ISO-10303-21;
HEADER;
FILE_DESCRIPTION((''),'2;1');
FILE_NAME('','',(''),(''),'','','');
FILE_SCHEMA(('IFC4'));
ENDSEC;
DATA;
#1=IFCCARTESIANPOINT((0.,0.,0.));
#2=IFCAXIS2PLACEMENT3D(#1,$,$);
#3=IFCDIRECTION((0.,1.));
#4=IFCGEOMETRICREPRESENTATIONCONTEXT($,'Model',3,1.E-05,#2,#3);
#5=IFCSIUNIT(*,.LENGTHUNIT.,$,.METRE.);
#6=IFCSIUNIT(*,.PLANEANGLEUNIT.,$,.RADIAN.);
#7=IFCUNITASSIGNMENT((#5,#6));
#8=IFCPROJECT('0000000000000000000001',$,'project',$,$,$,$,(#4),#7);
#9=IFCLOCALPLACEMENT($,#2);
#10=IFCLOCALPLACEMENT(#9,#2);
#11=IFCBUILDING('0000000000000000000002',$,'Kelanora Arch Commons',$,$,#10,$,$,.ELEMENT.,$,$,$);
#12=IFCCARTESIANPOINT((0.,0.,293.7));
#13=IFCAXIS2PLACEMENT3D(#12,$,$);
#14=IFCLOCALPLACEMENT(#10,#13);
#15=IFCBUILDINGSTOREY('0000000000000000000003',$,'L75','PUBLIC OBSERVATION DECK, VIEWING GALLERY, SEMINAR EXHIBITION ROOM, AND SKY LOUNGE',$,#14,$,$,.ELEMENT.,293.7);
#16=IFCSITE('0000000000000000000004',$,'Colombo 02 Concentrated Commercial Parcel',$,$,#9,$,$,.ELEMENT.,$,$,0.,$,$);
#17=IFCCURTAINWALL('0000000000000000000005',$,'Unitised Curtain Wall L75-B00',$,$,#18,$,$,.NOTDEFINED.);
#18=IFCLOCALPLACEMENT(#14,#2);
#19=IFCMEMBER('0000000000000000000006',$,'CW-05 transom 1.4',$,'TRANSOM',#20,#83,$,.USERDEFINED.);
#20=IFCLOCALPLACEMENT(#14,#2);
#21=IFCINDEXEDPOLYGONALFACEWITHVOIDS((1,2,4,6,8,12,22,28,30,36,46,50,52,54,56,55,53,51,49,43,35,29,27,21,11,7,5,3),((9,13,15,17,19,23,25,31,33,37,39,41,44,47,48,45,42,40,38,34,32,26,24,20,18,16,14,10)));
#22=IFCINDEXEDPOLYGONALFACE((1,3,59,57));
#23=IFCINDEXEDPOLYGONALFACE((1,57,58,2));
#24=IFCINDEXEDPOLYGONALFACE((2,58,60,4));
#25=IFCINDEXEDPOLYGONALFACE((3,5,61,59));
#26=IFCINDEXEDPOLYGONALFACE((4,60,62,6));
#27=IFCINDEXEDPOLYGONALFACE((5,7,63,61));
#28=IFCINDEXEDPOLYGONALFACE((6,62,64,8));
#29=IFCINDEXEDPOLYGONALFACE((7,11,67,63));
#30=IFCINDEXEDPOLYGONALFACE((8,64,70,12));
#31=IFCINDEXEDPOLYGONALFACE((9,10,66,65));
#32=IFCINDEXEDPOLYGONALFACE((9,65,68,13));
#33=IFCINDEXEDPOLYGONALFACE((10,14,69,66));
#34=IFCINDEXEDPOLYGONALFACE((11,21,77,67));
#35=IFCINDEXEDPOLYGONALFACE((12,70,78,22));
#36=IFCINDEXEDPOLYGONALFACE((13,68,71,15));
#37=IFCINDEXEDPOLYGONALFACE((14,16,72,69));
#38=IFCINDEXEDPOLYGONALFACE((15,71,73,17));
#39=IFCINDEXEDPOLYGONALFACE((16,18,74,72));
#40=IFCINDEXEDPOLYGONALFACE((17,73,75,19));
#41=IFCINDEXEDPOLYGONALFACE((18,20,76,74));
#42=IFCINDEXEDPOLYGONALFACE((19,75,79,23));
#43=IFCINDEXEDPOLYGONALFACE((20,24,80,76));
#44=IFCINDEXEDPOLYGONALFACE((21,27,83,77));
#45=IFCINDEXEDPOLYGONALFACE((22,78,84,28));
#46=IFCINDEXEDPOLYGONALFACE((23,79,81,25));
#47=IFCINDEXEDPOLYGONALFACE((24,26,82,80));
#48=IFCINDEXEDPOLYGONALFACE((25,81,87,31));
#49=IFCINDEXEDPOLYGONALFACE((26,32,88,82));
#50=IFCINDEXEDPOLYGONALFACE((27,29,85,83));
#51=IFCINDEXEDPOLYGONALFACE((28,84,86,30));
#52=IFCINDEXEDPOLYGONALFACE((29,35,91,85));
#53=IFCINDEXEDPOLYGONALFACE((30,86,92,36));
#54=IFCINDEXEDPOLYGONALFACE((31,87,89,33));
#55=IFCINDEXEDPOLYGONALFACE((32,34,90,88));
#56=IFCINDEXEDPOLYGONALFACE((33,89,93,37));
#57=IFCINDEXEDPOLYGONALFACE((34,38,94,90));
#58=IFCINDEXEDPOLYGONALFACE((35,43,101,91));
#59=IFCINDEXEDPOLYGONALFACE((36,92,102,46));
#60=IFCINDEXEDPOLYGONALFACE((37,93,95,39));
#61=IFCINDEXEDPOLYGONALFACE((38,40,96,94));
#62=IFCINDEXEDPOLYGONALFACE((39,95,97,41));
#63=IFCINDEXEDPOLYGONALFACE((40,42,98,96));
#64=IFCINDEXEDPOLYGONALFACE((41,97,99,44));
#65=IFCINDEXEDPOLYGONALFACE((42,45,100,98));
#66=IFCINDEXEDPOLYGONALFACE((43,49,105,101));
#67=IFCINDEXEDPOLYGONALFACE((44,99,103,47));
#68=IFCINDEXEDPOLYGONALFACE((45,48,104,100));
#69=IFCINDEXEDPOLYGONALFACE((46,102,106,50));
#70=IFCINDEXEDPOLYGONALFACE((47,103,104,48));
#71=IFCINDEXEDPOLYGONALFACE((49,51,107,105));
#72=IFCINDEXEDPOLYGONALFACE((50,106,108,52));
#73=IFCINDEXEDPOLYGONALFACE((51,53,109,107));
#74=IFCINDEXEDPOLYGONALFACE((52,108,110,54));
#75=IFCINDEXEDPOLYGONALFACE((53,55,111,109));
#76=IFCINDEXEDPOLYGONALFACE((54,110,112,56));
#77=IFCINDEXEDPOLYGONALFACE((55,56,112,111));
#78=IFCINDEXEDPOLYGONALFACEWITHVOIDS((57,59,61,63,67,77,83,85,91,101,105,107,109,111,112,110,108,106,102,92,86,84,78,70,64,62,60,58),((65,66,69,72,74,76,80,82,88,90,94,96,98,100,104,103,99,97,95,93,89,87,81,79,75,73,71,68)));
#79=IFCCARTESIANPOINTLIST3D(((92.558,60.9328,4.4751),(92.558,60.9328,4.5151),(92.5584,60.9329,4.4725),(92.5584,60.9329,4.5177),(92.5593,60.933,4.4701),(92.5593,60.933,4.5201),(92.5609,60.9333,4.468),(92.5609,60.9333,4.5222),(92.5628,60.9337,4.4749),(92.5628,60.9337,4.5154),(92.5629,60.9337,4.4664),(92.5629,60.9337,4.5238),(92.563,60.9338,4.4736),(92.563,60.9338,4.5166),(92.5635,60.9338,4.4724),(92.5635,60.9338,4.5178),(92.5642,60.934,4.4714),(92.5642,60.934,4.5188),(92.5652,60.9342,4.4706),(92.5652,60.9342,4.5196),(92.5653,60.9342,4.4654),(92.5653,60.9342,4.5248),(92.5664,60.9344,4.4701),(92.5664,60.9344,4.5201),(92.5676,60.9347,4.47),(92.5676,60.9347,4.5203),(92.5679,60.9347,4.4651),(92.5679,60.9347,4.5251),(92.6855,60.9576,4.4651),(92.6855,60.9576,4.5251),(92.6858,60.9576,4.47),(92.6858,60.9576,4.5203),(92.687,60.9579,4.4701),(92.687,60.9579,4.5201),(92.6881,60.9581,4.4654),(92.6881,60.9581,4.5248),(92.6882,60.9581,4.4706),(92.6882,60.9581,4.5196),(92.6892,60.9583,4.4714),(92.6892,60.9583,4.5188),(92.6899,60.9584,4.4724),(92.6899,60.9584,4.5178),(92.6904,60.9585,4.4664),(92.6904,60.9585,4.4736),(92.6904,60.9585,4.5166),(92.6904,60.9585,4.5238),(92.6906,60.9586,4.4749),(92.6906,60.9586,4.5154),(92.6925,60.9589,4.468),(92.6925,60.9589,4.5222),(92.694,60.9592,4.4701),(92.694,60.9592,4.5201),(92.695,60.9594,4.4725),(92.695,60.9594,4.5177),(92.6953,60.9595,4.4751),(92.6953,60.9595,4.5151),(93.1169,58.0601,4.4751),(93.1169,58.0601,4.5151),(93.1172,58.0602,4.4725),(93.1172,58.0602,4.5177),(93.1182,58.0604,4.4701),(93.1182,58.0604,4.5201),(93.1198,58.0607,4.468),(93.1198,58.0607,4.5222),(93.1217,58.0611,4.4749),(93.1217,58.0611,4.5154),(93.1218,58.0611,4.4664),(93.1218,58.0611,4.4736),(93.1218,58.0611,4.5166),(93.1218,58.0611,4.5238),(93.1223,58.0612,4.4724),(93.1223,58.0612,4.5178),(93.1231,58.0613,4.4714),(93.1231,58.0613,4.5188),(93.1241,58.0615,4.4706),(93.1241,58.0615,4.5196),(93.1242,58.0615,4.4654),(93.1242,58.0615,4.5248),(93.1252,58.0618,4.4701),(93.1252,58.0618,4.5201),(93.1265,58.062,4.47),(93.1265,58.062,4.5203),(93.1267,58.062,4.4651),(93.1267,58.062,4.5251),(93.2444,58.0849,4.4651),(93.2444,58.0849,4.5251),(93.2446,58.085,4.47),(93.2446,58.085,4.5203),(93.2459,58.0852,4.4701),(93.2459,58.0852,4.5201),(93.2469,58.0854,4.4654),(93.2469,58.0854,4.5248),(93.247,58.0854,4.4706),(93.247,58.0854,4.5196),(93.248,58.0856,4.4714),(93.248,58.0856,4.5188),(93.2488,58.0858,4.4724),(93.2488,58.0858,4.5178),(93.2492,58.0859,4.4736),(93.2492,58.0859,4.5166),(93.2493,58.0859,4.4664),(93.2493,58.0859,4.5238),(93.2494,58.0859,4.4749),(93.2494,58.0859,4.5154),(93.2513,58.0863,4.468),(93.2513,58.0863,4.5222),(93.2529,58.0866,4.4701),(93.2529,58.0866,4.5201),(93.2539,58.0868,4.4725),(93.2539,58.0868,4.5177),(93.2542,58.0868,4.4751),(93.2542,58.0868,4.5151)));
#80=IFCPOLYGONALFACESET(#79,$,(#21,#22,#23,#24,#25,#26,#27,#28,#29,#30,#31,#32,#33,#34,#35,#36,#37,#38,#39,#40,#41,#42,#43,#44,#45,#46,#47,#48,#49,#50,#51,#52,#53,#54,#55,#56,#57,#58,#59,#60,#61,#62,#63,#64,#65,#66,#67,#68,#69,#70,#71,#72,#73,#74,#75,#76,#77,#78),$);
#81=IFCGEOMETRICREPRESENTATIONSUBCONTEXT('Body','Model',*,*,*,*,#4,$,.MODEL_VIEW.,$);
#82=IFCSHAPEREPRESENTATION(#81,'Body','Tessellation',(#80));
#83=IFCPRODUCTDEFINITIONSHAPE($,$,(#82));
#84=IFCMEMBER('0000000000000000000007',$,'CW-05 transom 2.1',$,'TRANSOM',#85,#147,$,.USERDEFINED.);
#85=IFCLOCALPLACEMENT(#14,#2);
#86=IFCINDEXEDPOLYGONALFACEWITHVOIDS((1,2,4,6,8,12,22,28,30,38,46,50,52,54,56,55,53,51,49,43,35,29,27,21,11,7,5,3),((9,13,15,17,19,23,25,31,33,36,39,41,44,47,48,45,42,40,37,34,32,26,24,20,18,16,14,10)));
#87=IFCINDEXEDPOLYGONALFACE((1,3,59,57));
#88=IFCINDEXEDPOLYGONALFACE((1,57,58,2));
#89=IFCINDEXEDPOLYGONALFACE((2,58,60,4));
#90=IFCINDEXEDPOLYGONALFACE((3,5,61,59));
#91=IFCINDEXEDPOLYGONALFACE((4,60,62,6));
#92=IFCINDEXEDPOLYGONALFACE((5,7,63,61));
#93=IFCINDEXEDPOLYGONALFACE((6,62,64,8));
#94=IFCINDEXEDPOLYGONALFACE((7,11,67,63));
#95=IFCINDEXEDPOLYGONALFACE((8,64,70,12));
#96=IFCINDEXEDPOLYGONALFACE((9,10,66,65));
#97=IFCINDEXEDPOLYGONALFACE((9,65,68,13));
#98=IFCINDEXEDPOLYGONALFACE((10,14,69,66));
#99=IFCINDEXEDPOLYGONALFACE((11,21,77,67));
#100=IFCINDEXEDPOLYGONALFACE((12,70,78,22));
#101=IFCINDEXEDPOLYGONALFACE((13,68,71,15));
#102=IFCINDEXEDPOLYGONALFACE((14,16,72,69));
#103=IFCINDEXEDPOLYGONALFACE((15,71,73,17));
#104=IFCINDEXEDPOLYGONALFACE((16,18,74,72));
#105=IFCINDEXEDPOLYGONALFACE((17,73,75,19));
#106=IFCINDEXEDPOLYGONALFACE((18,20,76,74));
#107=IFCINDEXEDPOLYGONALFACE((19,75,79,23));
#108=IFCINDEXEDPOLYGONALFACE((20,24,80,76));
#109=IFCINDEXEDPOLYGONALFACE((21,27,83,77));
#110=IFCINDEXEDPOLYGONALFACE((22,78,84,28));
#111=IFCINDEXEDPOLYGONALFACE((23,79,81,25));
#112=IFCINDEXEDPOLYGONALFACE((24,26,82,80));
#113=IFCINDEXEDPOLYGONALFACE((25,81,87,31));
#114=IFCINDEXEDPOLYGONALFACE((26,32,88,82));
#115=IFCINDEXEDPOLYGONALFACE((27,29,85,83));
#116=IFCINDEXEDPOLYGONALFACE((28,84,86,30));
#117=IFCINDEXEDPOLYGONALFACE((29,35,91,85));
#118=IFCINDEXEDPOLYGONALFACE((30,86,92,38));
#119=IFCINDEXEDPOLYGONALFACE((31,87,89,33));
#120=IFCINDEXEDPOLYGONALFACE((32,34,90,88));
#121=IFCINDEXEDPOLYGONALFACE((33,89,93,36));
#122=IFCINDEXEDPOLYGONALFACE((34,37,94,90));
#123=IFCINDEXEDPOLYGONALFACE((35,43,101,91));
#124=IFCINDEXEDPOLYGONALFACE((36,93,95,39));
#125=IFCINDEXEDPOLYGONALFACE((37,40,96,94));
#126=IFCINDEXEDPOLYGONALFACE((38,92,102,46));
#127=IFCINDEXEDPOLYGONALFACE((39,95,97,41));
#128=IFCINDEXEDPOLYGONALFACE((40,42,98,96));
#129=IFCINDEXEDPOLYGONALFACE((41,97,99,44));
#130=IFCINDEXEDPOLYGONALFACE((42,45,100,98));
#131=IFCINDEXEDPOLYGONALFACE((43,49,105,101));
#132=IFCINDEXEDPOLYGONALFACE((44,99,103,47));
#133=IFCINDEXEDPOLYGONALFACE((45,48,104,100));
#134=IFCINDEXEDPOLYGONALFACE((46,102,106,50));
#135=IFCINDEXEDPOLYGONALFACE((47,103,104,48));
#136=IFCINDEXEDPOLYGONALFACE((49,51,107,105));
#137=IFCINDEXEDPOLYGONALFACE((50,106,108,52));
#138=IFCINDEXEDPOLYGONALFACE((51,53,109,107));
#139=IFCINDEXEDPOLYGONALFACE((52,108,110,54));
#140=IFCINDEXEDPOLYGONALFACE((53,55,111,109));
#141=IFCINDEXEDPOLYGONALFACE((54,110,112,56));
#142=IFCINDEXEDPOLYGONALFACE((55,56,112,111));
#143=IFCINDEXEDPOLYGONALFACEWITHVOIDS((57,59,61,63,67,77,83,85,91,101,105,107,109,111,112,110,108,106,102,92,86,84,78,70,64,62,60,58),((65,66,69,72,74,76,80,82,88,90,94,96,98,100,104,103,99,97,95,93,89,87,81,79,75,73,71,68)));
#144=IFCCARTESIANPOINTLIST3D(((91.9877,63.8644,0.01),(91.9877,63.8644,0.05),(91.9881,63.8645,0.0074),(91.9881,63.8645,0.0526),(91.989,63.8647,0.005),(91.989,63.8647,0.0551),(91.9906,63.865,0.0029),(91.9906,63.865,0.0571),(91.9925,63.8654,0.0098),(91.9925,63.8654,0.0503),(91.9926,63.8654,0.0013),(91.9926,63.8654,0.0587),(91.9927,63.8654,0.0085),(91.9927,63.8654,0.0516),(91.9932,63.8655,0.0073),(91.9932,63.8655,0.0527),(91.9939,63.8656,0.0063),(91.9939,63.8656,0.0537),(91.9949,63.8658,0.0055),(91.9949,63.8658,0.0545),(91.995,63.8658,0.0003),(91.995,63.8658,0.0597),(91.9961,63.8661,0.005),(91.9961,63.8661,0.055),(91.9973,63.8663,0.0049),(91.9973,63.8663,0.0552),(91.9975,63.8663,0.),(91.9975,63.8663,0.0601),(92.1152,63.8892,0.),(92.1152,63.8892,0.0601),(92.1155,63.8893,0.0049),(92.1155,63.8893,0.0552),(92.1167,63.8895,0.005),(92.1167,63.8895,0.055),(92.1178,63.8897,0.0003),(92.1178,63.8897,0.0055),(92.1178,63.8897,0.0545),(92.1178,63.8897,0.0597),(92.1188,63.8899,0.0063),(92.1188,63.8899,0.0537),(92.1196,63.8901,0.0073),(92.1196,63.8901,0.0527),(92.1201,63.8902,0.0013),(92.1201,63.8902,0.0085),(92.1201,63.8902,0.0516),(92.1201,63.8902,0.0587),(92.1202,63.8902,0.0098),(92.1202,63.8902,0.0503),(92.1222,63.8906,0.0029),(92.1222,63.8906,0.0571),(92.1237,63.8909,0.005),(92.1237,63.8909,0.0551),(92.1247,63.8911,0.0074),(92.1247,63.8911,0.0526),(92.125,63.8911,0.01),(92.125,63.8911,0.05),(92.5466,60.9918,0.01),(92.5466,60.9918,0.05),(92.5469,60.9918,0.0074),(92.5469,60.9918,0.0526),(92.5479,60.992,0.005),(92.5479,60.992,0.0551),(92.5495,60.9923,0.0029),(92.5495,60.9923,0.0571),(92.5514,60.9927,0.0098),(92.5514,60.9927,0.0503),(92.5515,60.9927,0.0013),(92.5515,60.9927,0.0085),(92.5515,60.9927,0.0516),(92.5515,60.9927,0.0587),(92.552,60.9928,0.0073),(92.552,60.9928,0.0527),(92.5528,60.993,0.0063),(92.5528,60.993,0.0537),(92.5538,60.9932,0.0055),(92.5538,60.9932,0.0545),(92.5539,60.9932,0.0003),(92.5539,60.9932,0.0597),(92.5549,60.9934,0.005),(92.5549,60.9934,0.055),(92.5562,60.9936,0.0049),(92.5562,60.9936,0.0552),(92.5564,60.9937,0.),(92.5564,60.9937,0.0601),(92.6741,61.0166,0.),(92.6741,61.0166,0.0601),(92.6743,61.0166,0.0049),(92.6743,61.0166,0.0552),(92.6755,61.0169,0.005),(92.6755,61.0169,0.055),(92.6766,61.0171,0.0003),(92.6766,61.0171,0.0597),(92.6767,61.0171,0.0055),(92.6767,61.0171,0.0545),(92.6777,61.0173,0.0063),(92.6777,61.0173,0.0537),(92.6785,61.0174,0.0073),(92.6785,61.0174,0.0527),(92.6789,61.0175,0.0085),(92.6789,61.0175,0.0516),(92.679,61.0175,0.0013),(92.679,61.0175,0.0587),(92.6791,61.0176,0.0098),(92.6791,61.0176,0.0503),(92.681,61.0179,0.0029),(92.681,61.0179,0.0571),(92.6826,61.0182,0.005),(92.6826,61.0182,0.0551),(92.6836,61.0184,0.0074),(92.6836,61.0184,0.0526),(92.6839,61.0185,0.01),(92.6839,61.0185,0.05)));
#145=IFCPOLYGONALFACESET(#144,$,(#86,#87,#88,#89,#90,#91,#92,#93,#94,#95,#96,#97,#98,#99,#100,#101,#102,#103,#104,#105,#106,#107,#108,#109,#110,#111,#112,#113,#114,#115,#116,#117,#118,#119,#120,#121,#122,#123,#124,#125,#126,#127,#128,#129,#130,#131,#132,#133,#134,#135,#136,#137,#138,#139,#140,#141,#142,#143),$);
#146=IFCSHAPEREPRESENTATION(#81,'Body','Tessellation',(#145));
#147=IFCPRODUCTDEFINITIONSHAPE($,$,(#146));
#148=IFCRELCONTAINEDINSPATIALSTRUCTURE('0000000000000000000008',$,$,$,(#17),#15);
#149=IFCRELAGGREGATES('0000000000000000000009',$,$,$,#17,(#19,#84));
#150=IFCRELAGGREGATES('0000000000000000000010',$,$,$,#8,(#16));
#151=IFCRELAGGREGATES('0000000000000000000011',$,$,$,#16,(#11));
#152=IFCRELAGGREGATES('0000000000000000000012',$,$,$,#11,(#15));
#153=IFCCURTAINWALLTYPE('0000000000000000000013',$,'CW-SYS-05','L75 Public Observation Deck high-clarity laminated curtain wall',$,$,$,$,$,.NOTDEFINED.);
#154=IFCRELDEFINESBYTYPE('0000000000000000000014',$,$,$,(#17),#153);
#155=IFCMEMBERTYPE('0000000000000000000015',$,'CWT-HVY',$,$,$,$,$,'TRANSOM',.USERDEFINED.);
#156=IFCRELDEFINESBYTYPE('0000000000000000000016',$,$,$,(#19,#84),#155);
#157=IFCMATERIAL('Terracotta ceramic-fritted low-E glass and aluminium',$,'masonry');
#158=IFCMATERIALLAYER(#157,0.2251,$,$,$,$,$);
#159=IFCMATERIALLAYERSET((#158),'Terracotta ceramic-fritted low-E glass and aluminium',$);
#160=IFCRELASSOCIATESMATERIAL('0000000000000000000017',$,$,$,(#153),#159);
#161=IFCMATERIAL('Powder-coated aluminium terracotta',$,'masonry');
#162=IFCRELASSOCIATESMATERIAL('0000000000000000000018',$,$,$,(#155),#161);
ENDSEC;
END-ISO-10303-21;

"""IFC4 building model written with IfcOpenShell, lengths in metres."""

from ifc_helpers import new_model, si_unit, direction, frame, origin, origin_2d, place, context, subcontext, project, spatial, hollow_rectangle, extrude, material, layer, layer_set, material_profile, profile_set, type_object, element, aggregate, save


model = new_model("IFC4")

# Units and contexts
model_context = context("Model", 3, precision=1e-05, world=origin(), true_north=direction((0.0, 1.0)))
body_context = subcontext(model_context, "Body", "Model", "MODEL_VIEW")
ifc_project = project(units=[si_unit("LENGTHUNIT", "METRE"), si_unit("PLANEANGLEUNIT", "RADIAN")], contexts=[model_context])

# Site, building, storey
site_placement = place(None, origin())
site = spatial("IfcSite", under=ifc_project, at=site_placement, Name="Colombo 02 Concentrated Commercial Parcel", CompositionType="ELEMENT", RefElevation=0.0)
building_placement = place(site_placement, origin())
building = spatial("IfcBuilding", under=site, at=building_placement, Name="Kelanora Arch Commons", CompositionType="ELEMENT")
storey_placement = place(building_placement, frame((0.0, 0.0, 293.7)))
storey = spatial("IfcBuildingStorey", under=building, at=storey_placement, Name="L75", Description="PUBLIC OBSERVATION DECK, VIEWING GALLERY, SEMINAR EXHIBITION ROOM, AND SKY LOUNGE", CompositionType="ELEMENT", Elevation=293.7)

# Curtain wall
ifc_material_1 = material(Name="Terracotta ceramic-fritted low-E glass and aluminium", Category="masonry")
ifc_layer_1 = layer(ifc_material_1, 0.2251)
ifc_layer_set_1 = layer_set([ifc_layer_1], Name="Terracotta ceramic-fritted low-E glass and aluminium")
curtain_wall_type = type_object("IfcCurtainWallType", Name="CW-SYS-05", Description="L75 Public Observation Deck high-clarity laminated curtain wall", PredefinedType="NOTDEFINED", material=ifc_layer_set_1)
curtain_wall_1_placement = place(storey_placement, origin())
curtain_wall_1 = element("IfcCurtainWall", 1, at=curtain_wall_1_placement, inside=storey, type_object=curtain_wall_type, Name="Unitised Curtain Wall L75-B00", PredefinedType="NOTDEFINED")
ifc_material_2 = material(Name="Powder-coated aluminium terracotta", Category="masonry")

# Members
ifc_material_profile_1 = material_profile(ifc_material_2, hollow_rectangle(XDim=0.1399, YDim=0.0601, WallThickness=0.0049, InnerFilletRadius=0.0049, OuterFilletRadius=0.01, at=origin_2d()), Name="CWT140x60")
ifc_profile_set_1 = profile_set([ifc_material_profile_1], Name="Powder-coated aluminium terracotta")
member_type_1 = type_object("IfcMemberType", Name="CWT-HVY", ElementType="TRANSOM", PredefinedType="USERDEFINED", material=ifc_profile_set_1)
member_1_placement = place(storey_placement, frame((93.1855, 58.0735, 4.4951), z_axis=(-0.190963, 0.981597, 0.0), x_axis=(-0.981597, -0.190963, 0.0)))
member_1 = element("IfcMember", 2, at=member_1_placement, type_object=member_type_1, Name="CW-05 transom 1.4", ObjectType="TRANSOM", PredefinedType="USERDEFINED", context=body_context, shape_type="SweptSolid", body=[
    extrude(hollow_rectangle(XDim=0.1399, YDim=0.0601, WallThickness=0.0049, InnerFilletRadius=0.0049, OuterFilletRadius=0.01, at=origin_2d()), origin(), (0.0, 0.0, 1.0), 2.9265),
])
member_2_placement = place(storey_placement, frame((92.6152, 61.0051, 0.03), z_axis=(-0.190963, 0.981597, 0.0), x_axis=(-0.981597, -0.190963, 0.0)))
member_2 = element("IfcMember", 3, at=member_2_placement, type_object=member_type_1, Name="CW-05 transom 2.1", ObjectType="TRANSOM", PredefinedType="USERDEFINED", context=body_context, shape_type="SweptSolid", body=[
    extrude(hollow_rectangle(XDim=0.1399, YDim=0.0601, WallThickness=0.0049, InnerFilletRadius=0.0049, OuterFilletRadius=0.01, at=origin_2d()), origin(), (0.0, 0.0, 1.0), 2.9265),
])

aggregate(curtain_wall_1, [member_1, member_2])

save(model, "model.ifc")
